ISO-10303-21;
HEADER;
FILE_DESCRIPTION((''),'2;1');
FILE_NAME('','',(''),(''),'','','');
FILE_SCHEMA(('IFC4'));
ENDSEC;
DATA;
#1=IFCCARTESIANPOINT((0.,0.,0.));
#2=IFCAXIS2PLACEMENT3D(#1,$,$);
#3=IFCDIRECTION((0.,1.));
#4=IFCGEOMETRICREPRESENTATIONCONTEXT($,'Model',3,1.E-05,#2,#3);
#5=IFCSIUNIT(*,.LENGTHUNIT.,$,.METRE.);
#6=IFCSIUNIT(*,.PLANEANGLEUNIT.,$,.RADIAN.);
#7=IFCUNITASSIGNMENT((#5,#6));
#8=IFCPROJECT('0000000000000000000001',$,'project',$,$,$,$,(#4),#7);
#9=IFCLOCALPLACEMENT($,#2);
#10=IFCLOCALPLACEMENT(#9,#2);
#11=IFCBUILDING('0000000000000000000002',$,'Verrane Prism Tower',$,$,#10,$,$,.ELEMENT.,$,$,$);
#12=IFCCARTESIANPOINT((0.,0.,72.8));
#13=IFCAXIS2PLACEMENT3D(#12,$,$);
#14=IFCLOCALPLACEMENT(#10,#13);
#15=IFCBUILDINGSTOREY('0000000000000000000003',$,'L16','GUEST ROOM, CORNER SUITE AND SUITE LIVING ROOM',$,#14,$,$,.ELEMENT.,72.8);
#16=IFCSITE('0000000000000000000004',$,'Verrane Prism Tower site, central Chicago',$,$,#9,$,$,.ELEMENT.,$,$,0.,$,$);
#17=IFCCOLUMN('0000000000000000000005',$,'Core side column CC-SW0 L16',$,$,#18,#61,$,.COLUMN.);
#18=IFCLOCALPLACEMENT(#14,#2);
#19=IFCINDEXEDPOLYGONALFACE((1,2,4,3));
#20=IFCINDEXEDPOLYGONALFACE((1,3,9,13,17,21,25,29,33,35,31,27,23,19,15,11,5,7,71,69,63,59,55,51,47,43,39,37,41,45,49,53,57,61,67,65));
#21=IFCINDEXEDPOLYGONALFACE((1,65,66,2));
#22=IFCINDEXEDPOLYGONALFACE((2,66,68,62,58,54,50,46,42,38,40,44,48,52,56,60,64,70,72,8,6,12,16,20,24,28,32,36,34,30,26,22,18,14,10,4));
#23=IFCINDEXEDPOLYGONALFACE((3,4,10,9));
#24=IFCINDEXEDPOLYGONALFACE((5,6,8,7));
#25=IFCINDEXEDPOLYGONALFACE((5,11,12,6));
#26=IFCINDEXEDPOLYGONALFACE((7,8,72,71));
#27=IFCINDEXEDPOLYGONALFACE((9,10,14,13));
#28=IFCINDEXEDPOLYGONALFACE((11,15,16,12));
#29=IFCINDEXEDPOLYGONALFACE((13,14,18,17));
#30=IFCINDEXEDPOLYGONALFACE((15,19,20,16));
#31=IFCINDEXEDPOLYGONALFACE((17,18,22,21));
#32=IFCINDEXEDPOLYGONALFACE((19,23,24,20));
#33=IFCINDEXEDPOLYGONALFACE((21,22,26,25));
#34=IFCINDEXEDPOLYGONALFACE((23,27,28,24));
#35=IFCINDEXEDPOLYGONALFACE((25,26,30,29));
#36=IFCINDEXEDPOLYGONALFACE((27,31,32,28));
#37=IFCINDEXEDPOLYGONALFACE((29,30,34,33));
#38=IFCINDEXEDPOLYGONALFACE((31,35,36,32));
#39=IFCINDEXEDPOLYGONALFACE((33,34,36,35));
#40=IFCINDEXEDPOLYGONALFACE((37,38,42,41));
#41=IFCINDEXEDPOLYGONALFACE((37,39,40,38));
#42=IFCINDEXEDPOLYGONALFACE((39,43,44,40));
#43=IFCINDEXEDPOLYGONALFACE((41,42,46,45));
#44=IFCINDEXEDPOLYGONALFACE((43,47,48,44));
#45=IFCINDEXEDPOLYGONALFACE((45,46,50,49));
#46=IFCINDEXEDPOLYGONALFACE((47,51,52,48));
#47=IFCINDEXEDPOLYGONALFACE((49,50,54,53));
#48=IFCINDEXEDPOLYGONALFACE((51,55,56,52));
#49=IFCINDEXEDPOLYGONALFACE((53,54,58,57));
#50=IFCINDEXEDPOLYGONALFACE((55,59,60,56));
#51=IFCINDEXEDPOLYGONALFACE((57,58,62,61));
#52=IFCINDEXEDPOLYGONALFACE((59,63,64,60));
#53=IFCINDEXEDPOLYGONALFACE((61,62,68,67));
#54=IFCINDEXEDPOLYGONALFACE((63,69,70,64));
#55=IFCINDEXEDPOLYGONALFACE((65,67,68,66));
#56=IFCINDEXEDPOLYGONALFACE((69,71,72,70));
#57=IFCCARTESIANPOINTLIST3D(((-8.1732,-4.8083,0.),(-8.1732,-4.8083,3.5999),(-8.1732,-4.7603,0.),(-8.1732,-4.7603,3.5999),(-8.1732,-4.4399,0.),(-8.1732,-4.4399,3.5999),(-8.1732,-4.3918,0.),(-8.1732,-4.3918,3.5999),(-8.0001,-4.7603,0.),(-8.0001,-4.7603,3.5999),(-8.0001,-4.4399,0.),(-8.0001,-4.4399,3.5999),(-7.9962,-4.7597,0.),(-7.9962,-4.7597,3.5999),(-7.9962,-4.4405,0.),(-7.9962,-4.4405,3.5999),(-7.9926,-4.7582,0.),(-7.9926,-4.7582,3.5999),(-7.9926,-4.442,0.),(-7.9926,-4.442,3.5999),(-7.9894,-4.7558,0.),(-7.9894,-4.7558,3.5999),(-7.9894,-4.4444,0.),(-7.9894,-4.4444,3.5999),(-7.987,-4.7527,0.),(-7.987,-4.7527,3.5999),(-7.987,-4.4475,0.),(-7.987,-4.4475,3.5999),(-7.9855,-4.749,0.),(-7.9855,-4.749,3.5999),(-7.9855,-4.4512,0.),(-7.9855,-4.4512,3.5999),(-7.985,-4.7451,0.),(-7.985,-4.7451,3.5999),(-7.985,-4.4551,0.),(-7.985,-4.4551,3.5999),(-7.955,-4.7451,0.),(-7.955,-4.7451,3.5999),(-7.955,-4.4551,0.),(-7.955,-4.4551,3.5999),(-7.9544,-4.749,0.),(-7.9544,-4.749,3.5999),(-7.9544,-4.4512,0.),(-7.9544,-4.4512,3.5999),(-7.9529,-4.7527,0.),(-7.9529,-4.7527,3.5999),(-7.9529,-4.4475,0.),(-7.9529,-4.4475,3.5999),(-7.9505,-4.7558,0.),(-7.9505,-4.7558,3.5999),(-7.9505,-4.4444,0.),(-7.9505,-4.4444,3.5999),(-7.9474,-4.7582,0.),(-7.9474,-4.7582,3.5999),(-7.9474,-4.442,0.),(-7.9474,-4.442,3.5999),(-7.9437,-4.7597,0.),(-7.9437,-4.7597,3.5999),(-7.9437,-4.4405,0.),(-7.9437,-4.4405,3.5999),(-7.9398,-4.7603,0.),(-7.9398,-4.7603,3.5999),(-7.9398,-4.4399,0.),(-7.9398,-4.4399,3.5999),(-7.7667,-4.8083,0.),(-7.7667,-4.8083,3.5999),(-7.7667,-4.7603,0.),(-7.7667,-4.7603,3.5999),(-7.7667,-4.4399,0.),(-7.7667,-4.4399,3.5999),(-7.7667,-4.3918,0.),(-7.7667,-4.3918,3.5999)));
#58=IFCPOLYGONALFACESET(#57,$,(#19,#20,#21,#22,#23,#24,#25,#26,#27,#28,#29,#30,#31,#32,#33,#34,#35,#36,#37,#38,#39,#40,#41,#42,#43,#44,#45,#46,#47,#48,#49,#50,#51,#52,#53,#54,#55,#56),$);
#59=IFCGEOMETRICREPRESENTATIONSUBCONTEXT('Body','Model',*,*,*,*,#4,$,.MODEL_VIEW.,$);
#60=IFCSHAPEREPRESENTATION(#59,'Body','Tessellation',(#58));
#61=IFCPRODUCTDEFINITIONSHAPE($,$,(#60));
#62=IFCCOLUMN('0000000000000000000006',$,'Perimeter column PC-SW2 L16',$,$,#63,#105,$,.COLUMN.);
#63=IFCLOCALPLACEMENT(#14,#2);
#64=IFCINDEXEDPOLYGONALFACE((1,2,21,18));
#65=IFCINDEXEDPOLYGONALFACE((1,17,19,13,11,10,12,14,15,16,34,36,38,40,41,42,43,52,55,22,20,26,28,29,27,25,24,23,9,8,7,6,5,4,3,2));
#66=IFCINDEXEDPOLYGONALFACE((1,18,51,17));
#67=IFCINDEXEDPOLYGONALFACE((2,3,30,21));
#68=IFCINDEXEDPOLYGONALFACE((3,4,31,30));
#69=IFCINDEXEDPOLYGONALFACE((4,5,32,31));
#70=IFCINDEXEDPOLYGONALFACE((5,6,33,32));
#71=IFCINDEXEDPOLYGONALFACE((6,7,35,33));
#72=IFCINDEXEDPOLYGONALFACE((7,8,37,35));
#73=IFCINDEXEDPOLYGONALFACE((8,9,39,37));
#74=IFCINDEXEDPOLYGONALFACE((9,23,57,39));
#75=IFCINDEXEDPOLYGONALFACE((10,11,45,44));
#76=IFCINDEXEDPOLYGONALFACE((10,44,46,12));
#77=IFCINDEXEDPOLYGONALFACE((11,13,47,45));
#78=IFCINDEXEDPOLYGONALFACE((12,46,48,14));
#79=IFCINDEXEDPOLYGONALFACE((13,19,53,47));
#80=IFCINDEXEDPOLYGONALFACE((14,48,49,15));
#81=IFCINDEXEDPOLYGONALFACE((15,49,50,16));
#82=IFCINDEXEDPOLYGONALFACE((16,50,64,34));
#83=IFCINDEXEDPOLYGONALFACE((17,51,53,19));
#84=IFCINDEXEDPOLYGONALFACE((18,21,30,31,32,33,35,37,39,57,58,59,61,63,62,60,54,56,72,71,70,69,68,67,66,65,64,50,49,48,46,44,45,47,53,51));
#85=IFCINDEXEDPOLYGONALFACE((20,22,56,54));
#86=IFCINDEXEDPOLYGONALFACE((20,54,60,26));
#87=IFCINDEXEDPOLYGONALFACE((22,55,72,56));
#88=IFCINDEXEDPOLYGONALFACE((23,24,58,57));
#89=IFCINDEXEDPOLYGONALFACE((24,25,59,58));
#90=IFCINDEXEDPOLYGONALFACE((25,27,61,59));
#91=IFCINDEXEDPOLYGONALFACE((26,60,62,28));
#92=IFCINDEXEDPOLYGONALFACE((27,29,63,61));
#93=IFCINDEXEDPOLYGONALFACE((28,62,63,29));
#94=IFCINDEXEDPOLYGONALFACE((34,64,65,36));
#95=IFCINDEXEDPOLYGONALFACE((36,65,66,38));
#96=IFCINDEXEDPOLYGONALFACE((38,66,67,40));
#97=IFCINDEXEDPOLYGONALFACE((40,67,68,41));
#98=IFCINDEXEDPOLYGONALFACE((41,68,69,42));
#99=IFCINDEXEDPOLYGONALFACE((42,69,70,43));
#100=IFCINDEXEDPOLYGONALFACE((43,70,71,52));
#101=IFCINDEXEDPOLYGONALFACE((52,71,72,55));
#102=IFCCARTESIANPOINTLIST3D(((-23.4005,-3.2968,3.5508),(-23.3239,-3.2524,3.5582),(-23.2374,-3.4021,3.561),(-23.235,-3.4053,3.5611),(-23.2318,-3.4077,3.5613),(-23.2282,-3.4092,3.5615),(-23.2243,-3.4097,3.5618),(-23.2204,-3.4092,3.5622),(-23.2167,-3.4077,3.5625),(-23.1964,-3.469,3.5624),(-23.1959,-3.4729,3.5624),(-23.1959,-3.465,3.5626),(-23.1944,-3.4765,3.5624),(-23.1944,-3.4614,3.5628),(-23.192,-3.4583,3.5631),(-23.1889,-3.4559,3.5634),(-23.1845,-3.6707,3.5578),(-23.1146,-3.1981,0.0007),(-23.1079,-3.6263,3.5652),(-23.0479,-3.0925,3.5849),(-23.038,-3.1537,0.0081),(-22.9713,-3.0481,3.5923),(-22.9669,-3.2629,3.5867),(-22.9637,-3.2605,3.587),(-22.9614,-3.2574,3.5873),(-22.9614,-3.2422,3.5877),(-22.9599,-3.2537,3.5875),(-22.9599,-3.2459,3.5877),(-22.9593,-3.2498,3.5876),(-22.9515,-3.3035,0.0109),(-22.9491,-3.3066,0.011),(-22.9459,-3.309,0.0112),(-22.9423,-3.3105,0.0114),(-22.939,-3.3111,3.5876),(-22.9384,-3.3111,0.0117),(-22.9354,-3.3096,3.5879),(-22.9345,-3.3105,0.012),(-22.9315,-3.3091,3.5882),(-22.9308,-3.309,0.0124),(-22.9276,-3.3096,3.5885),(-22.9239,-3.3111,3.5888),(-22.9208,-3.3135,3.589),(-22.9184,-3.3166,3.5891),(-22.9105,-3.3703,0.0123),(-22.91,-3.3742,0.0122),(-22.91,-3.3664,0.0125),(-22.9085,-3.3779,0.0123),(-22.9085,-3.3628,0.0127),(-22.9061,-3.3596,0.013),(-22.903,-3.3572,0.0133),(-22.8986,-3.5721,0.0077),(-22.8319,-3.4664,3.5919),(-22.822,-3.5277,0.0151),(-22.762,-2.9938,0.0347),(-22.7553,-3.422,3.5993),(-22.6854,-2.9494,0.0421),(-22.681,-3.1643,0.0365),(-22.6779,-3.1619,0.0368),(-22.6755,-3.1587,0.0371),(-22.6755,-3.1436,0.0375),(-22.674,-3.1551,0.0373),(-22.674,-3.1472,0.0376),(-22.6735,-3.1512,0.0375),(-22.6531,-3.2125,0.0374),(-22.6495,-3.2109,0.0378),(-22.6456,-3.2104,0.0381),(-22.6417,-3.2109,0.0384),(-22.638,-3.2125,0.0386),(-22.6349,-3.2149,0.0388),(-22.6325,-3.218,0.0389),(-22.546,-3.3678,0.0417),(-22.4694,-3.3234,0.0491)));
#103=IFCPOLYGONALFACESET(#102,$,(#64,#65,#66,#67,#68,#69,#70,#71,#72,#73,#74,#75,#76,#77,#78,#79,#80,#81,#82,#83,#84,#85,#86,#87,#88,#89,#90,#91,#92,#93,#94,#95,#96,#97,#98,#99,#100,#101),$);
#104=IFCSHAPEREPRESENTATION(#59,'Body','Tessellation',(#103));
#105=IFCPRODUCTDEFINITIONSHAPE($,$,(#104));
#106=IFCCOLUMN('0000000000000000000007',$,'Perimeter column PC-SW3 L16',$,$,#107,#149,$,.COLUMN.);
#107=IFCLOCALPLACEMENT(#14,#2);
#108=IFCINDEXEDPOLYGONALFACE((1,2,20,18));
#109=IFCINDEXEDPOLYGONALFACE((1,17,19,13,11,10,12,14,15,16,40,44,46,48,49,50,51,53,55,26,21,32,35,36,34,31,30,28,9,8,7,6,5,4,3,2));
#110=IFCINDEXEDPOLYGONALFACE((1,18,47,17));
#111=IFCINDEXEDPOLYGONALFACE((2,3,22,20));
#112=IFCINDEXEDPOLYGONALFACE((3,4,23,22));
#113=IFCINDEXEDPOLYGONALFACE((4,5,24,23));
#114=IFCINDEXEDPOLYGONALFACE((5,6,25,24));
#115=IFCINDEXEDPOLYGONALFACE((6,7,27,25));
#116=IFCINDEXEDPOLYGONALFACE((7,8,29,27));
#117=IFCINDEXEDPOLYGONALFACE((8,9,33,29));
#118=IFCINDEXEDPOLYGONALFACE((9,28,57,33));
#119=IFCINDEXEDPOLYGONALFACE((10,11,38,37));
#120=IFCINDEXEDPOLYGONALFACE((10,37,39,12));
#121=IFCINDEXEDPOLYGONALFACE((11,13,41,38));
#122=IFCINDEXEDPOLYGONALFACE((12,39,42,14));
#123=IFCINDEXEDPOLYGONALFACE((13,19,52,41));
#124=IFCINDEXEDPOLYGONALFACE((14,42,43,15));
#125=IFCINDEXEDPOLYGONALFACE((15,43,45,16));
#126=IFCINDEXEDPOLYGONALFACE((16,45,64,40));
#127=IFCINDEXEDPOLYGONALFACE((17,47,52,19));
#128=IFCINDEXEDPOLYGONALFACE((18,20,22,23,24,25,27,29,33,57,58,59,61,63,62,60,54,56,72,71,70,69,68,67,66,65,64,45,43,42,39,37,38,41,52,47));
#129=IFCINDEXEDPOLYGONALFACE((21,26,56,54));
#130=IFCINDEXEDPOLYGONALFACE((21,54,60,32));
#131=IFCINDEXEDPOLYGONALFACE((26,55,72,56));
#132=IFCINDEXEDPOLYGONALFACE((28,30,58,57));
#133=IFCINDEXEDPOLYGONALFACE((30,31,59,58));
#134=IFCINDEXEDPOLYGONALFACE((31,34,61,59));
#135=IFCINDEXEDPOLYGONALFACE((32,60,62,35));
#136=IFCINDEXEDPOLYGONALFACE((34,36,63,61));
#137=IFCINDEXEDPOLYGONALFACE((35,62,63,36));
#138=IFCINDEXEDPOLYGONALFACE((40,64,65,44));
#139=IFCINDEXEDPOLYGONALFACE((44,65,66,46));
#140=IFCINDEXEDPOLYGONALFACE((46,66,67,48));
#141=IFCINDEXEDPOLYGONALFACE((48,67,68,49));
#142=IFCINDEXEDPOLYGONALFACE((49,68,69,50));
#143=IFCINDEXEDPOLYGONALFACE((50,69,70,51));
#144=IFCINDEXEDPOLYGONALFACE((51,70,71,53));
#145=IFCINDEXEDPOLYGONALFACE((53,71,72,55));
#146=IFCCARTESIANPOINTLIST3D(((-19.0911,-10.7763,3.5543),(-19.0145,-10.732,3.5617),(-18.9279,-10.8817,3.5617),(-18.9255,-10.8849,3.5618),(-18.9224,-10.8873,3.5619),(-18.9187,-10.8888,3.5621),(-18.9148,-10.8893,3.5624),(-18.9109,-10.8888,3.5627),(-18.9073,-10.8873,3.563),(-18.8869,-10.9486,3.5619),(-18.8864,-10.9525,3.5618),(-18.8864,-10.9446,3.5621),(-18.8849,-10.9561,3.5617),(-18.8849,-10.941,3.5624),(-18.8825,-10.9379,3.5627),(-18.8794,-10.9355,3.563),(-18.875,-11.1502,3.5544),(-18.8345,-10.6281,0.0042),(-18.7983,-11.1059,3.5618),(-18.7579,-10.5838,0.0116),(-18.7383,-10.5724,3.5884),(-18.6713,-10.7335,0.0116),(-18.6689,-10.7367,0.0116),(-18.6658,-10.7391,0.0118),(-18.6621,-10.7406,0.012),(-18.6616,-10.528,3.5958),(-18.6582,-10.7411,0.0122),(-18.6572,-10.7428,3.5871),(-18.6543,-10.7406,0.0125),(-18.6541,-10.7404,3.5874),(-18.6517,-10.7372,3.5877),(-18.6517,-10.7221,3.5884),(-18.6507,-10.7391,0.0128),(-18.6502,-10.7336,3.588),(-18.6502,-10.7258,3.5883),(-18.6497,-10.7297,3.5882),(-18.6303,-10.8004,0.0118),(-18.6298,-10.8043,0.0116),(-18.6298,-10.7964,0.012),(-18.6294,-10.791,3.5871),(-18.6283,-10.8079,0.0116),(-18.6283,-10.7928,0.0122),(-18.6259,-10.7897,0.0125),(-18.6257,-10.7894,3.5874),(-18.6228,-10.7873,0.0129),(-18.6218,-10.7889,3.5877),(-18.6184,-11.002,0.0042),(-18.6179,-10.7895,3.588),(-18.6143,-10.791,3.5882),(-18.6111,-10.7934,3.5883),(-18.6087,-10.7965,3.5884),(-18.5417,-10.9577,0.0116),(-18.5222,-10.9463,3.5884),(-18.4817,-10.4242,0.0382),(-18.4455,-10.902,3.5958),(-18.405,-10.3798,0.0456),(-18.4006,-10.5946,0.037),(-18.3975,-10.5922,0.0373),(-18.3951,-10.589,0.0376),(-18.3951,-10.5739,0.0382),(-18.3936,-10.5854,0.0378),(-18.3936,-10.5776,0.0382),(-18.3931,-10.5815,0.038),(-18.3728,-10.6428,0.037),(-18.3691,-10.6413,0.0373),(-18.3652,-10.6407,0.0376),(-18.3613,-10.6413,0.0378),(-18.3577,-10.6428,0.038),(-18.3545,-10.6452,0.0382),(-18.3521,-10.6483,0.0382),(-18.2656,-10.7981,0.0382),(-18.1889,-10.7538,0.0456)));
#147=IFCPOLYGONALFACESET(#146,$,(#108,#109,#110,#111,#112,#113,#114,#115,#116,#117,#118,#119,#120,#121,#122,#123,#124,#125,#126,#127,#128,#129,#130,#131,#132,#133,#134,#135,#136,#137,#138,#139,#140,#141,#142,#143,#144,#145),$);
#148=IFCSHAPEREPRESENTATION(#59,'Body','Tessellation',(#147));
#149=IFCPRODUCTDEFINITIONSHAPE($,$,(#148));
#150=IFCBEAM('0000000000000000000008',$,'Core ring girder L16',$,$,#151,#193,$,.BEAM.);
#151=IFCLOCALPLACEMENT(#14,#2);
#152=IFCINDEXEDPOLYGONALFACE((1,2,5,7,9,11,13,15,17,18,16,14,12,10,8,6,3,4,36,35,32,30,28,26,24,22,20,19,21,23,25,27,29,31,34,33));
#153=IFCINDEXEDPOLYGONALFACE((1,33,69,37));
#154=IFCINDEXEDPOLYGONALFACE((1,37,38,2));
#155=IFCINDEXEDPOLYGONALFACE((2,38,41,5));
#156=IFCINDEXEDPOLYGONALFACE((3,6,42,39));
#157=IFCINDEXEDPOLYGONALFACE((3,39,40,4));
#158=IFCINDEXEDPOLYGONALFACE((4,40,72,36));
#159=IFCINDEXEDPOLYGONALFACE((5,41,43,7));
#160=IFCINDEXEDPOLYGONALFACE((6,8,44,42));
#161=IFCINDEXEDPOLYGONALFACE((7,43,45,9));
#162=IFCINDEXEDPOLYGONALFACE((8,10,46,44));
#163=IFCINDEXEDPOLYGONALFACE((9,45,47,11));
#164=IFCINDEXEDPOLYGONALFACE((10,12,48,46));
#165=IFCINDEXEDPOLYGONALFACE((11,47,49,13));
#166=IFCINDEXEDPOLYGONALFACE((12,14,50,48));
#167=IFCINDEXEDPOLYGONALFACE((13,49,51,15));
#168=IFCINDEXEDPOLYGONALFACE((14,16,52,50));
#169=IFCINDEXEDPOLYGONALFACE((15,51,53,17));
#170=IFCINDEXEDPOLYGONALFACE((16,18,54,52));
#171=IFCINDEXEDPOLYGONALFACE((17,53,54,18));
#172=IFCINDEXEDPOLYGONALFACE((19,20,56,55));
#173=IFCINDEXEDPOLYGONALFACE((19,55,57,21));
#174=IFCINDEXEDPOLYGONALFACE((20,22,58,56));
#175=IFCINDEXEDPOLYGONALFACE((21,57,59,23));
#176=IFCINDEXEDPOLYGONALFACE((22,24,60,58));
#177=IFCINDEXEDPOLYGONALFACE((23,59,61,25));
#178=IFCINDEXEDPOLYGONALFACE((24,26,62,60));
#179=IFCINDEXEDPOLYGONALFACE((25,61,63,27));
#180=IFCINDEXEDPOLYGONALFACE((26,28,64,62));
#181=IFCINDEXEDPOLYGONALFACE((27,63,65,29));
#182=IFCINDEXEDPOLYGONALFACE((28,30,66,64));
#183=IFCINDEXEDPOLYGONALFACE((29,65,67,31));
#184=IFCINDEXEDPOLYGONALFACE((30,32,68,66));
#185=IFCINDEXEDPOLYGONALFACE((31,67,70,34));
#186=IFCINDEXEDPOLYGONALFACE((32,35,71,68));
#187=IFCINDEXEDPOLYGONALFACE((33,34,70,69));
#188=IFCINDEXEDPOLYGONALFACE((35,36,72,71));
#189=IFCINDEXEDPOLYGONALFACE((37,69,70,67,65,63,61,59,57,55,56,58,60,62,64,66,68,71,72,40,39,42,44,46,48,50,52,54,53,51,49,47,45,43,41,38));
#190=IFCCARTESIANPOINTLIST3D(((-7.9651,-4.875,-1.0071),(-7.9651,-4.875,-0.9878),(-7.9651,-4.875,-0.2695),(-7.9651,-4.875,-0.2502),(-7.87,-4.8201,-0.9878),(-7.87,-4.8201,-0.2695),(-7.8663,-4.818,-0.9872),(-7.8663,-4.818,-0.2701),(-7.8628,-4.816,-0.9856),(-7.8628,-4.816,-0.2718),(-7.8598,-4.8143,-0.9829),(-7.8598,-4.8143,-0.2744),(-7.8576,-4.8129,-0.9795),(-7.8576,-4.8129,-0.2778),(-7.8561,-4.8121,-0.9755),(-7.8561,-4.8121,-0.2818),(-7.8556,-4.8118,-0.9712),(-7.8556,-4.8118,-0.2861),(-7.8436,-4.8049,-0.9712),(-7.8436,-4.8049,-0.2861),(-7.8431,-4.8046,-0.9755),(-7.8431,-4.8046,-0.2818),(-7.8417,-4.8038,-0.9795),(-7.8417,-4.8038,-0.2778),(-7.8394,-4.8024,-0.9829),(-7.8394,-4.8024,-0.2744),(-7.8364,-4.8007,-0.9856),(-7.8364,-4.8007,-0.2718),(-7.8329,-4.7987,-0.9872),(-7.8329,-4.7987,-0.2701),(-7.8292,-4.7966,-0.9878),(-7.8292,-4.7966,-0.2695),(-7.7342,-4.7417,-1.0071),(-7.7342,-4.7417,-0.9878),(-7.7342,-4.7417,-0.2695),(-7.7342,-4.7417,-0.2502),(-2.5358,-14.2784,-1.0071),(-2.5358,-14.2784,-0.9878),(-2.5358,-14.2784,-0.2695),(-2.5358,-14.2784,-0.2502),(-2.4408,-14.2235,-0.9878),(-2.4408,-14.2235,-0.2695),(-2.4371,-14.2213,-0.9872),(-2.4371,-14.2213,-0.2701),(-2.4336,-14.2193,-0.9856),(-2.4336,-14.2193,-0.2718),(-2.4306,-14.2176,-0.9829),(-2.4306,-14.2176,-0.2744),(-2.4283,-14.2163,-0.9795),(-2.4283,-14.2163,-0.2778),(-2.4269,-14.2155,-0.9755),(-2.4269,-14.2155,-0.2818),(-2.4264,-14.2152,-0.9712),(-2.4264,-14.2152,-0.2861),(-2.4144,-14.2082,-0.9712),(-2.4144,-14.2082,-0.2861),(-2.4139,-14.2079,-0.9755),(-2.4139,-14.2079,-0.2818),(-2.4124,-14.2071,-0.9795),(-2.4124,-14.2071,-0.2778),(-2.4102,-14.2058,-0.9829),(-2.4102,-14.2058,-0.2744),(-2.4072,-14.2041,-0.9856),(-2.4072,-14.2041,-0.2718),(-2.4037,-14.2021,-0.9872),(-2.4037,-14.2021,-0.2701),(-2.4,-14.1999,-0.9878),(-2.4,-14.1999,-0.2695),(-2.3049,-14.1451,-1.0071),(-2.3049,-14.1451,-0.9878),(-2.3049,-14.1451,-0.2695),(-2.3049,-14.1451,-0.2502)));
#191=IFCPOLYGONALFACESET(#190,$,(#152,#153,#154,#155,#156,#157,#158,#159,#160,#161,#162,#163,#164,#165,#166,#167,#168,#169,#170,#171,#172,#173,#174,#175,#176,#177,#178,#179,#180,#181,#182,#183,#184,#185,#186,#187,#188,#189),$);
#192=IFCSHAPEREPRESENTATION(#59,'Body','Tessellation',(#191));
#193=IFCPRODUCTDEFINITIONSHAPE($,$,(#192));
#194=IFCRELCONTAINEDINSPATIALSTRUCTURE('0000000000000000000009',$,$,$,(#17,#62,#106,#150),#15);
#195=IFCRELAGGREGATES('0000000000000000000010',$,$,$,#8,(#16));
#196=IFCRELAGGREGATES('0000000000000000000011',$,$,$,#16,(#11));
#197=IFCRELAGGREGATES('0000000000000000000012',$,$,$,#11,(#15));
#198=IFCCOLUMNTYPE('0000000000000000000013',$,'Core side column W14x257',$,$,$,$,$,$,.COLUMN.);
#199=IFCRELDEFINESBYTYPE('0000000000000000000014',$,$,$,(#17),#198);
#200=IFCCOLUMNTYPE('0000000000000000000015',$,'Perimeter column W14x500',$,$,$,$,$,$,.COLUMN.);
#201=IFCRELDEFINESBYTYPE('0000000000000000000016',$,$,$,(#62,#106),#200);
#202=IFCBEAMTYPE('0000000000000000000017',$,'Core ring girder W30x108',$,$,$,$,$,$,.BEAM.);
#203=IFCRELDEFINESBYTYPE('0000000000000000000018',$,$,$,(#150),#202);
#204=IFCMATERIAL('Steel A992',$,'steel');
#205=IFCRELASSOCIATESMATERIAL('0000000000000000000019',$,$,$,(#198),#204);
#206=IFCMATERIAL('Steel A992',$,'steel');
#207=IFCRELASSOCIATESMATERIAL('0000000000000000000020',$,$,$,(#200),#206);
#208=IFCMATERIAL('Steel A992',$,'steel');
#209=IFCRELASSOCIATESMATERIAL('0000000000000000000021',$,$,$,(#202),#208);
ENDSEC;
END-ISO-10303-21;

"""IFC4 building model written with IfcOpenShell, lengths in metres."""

from ifc_helpers import new_model, si_unit, direction, frame, origin, origin_2d, place, context, subcontext, project, spatial, i_section, extrude, material, material_profile, profile_set, type_object, element, save


model = new_model("IFC4")

# Units and contexts
model_context = context("Model", 3, precision=1e-05, world=origin(), true_north=direction((0.0, 1.0)))
body_context = subcontext(model_context, "Body", "Model", "MODEL_VIEW")
ifc_project = project(units=[si_unit("LENGTHUNIT", "METRE"), si_unit("PLANEANGLEUNIT", "RADIAN")], contexts=[model_context])

# Site, building, storey
site_placement = place(None, origin())
site = spatial("IfcSite", under=ifc_project, at=site_placement, Name="Verrane Prism Tower site, central Chicago", CompositionType="ELEMENT", RefElevation=0.0)
building_placement = place(site_placement, origin())
building = spatial("IfcBuilding", under=site, at=building_placement, Name="Verrane Prism Tower", CompositionType="ELEMENT")
storey_placement = place(building_placement, frame((0.0, 0.0, 72.8)))
storey = spatial("IfcBuildingStorey", under=building, at=storey_placement, Name="L16", Description="GUEST ROOM, CORNER SUITE AND SUITE LIVING ROOM", CompositionType="ELEMENT", Elevation=72.8)

# Columns
ifc_material_1 = material(Name="Steel A992", Category="steel")
ifc_material_profile_1 = material_profile(ifc_material_1, i_section(OverallWidth=0.4065, OverallDepth=0.4165, WebThickness=0.03, FlangeThickness=0.0481, FilletRadius=0.0151, at=origin_2d()), Name="W14x257")
ifc_profile_set_1 = profile_set([ifc_material_profile_1], Name="Steel A992")
column_type_1 = type_object("IfcColumnType", Name="Core side column W14x257", PredefinedType="COLUMN", material=ifc_profile_set_1)
column_1_placement = place(storey_placement, frame((-7.97, -4.6001, 0.0), z_axis=(0.0, 0.0, 1.0), x_axis=(1.0, 0.0, 0.0)))
element("IfcColumn", 1, at=column_1_placement, inside=storey, type_object=column_type_1, Name="Core side column CC-SW0 L16", PredefinedType="COLUMN", context=body_context, shape_type="SweptSolid", body=[
    extrude(i_section(OverallWidth=0.4065, OverallDepth=0.4165, WebThickness=0.03, FlangeThickness=0.0481, FilletRadius=0.0151, at=origin_2d()), origin(), (0.0, 0.0, 1.0), 3.5999),
])
ifc_material_2 = material(Name="Steel A992", Category="steel")
ifc_material_profile_2 = material_profile(ifc_material_2, i_section(OverallWidth=0.4319, OverallDepth=0.4978, WebThickness=0.0557, FlangeThickness=0.0889, FilletRadius=0.0151, at=origin_2d()), Name="W14x500")
ifc_profile_set_2 = profile_set([ifc_material_profile_2], Name="Steel A992")
column_type_2 = type_object("IfcColumnType", Name="Perimeter column W14x500", PredefinedType="COLUMN", material=ifc_profile_set_2)
column_2_placement = place(storey_placement, frame((-22.792, -3.2607, 0.0249), z_axis=(-0.08024, -0.027683, 0.996391), x_axis=(-0.500071, 0.865832, -0.016215)))
element("IfcColumn", 2, at=column_2_placement, inside=storey, type_object=column_type_2, Name="Perimeter column PC-SW2 L16", PredefinedType="COLUMN", context=body_context, shape_type="SweptSolid", body=[
    extrude(i_section(OverallWidth=0.4319, OverallDepth=0.4978, WebThickness=0.0557, FlangeThickness=0.0889, FilletRadius=0.0151, at=origin_2d()), origin(), (0.0, 0.0, 1.0), 3.563),
])
column_3_placement = place(storey_placement, frame((-18.5117, -10.6909, 0.0249), z_axis=(-0.072028, -0.041599, 0.996535), x_axis=(-0.500404, 0.865792, -0.000027)))
element("IfcColumn", 3, at=column_3_placement, inside=storey, type_object=column_type_2, Name="Perimeter column PC-SW3 L16", PredefinedType="COLUMN", context=body_context, shape_type="SweptSolid", body=[
    extrude(i_section(OverallWidth=0.4319, OverallDepth=0.4978, WebThickness=0.0557, FlangeThickness=0.0889, FilletRadius=0.0151, at=origin_2d()), origin(), (0.0, 0.0, 1.0), 3.5625),
])

# Beam
ifc_material_3 = material(Name="Steel A992", Category="steel")
ifc_material_profile_3 = material_profile(ifc_material_3, i_section(OverallWidth=0.2666, OverallDepth=0.7568, WebThickness=0.0139, FlangeThickness=0.0193, FilletRadius=0.0166, at=origin_2d()), Name="W30x108")
ifc_profile_set_3 = profile_set([ifc_material_profile_3], Name="Steel A992")
beam_type_1 = type_object("IfcBeamType", Name="Core ring girder W30x108", PredefinedType="BEAM", material=ifc_profile_set_3)
beam_1_placement = place(storey_placement, frame((-7.8496, -4.8083, -0.6287), z_axis=(0.500013, -0.866018, 0.0), x_axis=(0.866018, 0.500013, 0.0)))
element("IfcBeam", 4, at=beam_1_placement, inside=storey, type_object=beam_type_1, Name="Core ring girder L16", PredefinedType="BEAM", context=body_context, shape_type="SweptSolid", body=[
    extrude(i_section(OverallWidth=0.2666, OverallDepth=0.7568, WebThickness=0.0139, FlangeThickness=0.0193, FilletRadius=0.0166, at=origin_2d()), origin(), (0.0, 0.0, 1.0), 10.8582),
])

save(model, "model.ifc")
